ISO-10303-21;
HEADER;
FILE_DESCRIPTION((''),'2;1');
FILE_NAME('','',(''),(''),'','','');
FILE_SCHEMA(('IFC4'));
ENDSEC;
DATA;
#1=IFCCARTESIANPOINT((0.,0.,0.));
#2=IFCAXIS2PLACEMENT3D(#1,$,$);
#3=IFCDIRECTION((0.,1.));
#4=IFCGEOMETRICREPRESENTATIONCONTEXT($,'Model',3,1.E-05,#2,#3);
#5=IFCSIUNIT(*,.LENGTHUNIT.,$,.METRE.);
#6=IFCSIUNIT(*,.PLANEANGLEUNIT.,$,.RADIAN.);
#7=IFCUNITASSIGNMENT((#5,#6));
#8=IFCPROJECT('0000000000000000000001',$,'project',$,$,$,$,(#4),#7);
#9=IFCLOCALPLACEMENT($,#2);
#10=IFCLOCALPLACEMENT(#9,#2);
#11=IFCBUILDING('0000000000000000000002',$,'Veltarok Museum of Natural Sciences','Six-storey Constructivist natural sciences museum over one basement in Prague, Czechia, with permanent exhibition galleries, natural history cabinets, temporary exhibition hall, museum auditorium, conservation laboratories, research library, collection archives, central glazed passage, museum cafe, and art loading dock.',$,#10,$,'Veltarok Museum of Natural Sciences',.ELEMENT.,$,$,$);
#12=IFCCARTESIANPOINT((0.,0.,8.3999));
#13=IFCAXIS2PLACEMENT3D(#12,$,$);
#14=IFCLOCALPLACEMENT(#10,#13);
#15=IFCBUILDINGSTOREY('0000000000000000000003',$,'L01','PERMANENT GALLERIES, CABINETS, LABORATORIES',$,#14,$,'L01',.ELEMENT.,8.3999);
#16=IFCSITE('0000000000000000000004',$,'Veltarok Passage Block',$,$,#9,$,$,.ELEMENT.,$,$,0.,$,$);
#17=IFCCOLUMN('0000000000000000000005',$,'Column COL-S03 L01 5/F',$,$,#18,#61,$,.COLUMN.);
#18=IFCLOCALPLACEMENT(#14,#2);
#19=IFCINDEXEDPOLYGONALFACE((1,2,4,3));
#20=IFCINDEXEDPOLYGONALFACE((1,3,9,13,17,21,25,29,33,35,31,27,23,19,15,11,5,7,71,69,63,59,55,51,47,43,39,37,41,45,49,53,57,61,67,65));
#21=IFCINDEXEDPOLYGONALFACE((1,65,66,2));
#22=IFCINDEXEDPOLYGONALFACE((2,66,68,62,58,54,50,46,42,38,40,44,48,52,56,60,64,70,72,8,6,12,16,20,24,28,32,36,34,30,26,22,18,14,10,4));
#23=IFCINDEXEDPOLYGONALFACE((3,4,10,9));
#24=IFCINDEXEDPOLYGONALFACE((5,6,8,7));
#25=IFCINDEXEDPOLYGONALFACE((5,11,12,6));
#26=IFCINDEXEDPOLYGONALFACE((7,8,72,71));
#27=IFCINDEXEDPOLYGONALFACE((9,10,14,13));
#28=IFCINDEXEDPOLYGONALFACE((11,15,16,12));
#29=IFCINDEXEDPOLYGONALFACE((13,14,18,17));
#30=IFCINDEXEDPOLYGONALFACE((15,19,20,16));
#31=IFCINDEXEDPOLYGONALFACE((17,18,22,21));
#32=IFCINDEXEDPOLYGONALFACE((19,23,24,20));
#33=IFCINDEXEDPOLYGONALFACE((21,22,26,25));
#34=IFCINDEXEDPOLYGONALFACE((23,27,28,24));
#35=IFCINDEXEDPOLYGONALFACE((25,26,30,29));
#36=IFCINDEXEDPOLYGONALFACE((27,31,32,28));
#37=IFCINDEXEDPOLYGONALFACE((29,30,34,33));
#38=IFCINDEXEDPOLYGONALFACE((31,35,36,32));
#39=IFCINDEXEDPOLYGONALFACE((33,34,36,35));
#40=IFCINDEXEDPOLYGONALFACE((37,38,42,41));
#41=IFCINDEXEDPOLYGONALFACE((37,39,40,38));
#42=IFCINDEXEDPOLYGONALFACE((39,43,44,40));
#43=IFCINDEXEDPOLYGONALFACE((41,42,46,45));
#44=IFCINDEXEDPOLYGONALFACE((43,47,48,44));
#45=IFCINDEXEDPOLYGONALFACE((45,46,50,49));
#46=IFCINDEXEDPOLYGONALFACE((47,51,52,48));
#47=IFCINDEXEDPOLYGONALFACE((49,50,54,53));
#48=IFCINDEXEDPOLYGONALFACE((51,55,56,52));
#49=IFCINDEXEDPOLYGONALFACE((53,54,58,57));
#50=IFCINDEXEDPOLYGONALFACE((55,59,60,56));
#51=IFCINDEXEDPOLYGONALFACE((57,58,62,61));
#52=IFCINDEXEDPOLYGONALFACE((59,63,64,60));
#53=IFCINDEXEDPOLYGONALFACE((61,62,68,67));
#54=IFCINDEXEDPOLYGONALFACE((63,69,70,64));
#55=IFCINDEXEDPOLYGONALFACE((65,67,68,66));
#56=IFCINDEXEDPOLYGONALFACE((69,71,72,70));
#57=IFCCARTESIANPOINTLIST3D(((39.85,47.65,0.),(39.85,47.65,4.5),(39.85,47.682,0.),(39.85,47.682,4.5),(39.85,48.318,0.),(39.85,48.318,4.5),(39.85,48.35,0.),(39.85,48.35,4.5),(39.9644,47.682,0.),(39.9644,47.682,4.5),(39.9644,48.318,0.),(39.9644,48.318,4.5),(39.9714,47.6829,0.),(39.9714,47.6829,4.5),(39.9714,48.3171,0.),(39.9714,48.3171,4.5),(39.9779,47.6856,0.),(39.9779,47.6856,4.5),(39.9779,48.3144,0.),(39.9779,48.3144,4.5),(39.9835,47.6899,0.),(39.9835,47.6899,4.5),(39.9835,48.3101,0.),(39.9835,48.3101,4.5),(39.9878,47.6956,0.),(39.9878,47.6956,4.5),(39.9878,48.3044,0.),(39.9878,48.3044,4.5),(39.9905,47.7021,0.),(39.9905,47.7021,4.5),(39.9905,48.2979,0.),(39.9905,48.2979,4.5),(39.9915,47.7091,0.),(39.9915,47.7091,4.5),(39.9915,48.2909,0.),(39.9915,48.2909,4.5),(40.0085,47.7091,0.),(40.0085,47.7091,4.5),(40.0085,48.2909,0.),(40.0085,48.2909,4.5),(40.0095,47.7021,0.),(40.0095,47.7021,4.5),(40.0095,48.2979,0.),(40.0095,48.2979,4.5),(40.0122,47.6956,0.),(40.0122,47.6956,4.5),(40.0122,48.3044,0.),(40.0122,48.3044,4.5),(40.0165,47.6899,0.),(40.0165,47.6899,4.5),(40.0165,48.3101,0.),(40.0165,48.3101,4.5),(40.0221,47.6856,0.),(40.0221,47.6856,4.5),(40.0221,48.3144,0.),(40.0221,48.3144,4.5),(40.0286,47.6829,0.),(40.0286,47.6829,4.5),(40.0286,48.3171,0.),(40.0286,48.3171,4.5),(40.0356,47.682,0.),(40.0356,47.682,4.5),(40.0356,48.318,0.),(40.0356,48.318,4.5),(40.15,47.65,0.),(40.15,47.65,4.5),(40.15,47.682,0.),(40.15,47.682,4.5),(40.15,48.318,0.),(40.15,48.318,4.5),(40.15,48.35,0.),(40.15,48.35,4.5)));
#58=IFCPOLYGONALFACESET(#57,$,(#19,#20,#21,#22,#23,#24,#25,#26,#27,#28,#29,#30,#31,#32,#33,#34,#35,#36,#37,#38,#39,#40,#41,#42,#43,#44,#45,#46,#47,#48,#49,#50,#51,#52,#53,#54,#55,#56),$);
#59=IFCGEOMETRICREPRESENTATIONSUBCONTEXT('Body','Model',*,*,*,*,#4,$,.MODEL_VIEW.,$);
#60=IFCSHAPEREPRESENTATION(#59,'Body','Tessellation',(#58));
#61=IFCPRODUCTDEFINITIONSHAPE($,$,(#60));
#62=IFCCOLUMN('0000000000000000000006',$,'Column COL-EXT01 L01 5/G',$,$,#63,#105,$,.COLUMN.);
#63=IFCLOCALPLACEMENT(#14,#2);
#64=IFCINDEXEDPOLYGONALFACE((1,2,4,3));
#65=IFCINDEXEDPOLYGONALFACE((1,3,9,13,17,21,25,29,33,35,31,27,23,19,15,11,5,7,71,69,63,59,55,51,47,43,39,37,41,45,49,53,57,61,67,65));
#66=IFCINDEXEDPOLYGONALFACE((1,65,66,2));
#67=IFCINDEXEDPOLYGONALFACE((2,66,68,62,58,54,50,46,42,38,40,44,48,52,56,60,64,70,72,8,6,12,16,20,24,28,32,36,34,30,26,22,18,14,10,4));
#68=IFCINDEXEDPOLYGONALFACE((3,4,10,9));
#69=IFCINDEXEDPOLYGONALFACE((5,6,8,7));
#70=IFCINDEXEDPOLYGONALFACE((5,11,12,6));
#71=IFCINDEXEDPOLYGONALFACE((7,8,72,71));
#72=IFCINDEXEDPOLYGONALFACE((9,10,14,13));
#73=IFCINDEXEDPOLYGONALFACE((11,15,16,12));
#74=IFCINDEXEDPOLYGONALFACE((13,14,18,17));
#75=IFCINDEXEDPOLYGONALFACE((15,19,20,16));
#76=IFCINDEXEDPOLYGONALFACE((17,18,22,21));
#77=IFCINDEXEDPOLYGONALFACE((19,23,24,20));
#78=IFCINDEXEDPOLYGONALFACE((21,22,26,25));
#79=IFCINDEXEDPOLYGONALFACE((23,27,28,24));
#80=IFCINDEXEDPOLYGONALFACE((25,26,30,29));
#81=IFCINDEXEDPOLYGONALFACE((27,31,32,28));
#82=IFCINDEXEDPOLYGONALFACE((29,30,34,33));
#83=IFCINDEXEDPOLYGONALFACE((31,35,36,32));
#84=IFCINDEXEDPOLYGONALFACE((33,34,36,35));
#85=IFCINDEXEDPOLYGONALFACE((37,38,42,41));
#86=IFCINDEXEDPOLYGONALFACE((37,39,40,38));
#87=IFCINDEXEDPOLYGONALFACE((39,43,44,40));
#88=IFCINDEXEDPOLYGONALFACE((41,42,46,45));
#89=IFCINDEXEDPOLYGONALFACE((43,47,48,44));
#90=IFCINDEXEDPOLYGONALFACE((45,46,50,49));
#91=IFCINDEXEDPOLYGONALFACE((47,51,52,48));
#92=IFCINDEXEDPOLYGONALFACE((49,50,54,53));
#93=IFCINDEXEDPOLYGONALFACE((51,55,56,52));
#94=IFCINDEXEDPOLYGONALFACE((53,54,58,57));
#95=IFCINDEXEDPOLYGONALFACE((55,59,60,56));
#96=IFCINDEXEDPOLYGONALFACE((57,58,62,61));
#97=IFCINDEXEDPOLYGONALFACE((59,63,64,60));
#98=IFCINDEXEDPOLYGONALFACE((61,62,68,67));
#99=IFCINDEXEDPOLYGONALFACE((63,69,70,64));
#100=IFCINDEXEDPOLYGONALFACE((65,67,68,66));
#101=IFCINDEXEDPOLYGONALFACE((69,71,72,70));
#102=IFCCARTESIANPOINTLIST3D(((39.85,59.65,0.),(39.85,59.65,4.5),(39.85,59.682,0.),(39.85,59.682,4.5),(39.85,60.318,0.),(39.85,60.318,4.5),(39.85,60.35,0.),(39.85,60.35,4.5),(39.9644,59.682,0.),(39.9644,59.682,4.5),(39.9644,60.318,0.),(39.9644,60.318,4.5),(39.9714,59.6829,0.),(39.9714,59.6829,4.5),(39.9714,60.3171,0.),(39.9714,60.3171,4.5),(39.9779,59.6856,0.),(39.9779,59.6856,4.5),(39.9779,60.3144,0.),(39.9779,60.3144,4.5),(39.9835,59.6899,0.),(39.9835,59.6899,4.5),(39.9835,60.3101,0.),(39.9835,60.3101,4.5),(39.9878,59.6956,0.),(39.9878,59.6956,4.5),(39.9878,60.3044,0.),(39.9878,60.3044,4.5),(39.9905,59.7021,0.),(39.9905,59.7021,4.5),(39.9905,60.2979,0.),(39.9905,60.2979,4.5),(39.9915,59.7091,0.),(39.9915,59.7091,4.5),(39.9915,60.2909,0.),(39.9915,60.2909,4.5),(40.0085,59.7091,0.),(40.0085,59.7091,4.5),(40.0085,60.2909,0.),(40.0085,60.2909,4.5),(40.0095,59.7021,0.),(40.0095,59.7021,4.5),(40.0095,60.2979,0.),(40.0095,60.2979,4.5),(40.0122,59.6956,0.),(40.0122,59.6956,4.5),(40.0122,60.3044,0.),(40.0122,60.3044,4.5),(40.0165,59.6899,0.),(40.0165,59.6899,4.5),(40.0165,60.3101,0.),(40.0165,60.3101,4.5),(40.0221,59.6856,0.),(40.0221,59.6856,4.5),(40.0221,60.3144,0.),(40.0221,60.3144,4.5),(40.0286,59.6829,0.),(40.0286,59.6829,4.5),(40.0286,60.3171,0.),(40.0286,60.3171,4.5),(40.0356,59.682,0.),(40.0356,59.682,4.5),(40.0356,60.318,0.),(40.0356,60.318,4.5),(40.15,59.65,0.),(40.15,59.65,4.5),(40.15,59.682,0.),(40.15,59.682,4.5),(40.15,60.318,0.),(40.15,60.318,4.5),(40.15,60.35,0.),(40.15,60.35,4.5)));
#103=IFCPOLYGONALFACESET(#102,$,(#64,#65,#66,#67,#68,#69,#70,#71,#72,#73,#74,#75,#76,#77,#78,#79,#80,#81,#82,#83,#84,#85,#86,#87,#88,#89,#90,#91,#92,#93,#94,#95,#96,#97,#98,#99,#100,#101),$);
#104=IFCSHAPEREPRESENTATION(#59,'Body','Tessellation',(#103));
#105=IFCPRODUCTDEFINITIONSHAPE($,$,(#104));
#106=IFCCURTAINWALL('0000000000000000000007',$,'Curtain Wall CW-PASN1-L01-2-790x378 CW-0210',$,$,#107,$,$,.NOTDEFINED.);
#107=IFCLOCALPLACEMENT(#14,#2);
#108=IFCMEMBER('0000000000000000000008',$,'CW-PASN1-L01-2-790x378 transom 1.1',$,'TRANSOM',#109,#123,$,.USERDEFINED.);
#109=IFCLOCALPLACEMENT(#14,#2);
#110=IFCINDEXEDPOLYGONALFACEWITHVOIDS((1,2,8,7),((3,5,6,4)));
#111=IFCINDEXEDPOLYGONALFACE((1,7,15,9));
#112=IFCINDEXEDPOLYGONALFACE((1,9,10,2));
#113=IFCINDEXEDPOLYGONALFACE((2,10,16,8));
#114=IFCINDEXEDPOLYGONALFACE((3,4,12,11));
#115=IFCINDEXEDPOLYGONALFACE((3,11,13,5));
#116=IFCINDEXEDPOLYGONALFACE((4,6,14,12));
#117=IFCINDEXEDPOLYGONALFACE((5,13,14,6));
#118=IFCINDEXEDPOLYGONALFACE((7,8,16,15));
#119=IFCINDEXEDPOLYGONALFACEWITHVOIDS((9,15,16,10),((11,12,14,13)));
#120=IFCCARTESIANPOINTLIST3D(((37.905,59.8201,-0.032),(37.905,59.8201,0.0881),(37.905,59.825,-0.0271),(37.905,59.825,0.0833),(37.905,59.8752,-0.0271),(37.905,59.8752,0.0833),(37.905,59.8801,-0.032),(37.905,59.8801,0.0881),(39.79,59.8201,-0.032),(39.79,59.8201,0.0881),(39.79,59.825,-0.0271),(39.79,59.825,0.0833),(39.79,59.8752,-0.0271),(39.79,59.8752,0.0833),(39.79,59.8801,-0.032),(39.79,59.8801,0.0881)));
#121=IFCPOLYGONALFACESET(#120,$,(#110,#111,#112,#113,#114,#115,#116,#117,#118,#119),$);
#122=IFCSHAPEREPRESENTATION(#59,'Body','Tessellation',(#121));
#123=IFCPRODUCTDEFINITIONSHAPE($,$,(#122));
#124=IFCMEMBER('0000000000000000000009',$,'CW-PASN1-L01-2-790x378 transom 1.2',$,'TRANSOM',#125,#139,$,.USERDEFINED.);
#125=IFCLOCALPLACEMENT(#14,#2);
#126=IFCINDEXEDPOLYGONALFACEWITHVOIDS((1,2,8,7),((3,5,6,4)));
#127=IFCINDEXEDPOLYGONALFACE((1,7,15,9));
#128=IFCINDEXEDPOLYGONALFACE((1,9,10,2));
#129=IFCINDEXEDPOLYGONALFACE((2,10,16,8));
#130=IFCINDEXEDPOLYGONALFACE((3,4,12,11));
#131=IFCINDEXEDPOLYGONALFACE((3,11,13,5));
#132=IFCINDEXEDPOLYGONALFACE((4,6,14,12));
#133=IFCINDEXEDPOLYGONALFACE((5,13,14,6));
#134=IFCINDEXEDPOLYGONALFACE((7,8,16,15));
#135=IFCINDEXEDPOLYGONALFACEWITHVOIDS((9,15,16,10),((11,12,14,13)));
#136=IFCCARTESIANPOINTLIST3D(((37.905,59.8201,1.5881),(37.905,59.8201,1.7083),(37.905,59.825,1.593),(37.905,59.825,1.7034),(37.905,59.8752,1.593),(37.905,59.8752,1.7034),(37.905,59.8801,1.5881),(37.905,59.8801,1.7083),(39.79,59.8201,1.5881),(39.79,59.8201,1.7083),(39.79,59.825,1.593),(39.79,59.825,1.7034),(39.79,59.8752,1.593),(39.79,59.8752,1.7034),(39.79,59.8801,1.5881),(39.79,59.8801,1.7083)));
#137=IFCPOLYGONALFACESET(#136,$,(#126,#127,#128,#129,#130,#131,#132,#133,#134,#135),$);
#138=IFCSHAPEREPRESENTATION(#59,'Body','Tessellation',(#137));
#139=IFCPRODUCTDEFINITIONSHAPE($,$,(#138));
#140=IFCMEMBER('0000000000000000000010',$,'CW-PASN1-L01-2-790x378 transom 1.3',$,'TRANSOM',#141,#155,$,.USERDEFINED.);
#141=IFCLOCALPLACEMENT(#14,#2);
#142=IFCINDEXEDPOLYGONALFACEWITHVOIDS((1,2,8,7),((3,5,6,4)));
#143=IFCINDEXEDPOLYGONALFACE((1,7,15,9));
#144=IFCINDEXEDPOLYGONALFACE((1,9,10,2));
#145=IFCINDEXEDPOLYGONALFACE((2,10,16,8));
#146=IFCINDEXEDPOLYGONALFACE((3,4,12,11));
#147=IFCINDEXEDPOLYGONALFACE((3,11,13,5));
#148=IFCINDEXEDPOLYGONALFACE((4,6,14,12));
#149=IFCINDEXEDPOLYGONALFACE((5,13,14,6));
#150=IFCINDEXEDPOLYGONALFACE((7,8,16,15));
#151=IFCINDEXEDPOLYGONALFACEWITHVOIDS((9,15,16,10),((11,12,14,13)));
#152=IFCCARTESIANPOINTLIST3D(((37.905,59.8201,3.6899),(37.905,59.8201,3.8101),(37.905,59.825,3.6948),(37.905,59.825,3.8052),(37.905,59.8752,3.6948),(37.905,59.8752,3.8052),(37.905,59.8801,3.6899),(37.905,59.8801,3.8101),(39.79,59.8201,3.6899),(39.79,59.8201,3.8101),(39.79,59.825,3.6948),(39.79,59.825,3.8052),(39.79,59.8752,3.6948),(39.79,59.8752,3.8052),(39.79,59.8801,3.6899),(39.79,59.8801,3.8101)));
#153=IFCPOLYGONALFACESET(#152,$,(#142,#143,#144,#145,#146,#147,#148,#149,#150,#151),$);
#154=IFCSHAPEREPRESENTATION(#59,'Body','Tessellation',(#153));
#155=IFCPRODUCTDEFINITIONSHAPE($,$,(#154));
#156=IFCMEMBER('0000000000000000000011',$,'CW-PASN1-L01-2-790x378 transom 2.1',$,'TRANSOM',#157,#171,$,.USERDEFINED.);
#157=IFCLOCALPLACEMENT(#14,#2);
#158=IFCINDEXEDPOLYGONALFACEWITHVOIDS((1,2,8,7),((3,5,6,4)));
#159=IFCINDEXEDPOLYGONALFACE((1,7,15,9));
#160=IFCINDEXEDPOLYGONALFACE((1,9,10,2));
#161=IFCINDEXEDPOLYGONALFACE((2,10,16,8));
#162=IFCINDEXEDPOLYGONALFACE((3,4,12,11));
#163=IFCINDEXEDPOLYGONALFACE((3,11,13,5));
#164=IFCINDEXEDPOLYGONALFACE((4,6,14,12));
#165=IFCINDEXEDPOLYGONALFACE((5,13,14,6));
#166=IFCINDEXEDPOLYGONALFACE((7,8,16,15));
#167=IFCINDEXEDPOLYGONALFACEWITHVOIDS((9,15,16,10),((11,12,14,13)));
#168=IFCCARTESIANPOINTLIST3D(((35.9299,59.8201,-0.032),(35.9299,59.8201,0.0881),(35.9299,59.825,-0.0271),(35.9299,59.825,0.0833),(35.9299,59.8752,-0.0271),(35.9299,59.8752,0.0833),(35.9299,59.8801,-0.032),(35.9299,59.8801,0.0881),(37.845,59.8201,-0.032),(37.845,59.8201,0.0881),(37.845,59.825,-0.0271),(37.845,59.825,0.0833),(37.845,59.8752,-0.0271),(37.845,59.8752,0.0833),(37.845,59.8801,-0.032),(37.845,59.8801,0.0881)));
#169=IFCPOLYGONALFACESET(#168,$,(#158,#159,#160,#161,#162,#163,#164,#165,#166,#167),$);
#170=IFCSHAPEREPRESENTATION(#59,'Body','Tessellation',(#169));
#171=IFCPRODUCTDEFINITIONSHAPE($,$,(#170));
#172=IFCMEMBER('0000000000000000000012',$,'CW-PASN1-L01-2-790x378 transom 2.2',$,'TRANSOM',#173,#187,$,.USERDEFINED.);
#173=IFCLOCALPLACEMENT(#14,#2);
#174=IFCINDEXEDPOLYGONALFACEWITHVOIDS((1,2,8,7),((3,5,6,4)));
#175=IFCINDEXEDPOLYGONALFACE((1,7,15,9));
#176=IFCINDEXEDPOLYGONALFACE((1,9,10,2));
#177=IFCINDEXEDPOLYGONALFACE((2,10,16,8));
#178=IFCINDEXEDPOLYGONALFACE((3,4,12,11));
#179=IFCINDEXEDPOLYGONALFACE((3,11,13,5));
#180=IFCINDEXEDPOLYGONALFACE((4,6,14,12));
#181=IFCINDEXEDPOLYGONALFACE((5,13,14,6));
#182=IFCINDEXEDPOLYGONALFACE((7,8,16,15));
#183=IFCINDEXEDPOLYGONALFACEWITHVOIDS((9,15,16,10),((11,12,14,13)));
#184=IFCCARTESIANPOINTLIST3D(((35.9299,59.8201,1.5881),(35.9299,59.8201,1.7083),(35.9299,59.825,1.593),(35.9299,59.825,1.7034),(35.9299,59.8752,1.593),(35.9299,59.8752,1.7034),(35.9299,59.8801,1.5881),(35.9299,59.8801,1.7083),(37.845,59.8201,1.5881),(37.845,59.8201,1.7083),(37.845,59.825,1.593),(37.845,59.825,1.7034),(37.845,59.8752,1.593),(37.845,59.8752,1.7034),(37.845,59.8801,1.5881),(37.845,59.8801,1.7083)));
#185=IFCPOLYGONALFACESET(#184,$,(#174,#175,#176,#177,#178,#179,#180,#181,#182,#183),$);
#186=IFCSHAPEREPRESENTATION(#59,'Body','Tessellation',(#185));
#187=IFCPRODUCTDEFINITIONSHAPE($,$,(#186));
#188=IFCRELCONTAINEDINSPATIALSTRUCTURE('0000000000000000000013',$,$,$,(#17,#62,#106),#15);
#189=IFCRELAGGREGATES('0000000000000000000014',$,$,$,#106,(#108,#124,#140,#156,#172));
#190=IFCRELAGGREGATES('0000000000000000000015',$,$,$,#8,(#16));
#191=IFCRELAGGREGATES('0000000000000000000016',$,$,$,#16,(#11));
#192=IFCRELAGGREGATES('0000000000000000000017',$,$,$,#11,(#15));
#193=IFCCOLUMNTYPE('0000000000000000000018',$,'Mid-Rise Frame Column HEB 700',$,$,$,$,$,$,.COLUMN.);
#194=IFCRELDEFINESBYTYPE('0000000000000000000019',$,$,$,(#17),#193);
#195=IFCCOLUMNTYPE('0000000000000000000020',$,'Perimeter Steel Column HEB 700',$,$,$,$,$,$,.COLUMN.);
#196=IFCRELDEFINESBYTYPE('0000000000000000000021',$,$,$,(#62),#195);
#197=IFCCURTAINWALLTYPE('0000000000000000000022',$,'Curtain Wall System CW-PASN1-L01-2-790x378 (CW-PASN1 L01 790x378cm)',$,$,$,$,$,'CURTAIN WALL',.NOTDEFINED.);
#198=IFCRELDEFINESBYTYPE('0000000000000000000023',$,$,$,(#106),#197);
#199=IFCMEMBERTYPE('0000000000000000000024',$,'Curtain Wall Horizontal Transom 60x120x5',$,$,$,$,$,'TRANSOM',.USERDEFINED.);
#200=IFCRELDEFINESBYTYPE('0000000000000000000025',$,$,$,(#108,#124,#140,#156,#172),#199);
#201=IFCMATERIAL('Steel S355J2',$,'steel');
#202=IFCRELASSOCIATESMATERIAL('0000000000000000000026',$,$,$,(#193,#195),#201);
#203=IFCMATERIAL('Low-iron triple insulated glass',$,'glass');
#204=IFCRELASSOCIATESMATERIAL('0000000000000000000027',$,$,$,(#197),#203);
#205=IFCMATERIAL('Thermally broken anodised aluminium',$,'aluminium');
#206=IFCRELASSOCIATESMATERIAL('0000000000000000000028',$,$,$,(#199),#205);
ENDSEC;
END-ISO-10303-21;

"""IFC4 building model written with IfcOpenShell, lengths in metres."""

from ifc_helpers import new_model, si_unit, direction, frame, origin, origin_2d, place, context, subcontext, project, spatial, hollow_rectangle, i_section, extrude, material, material_profile, profile_set, type_object, element, aggregate, save


model = new_model("IFC4")

# Units and contexts
model_context = context("Model", 3, precision=1e-05, world=origin(), true_north=direction((0.0, 1.0)))
body_context = subcontext(model_context, "Body", "Model", "MODEL_VIEW")
ifc_project = project(units=[si_unit("LENGTHUNIT", "METRE"), si_unit("PLANEANGLEUNIT", "RADIAN")], contexts=[model_context])

# Site, building, storey
site_placement = place(None, origin())
site = spatial("IfcSite", under=ifc_project, at=site_placement, Name="Veltarok Passage Block", CompositionType="ELEMENT", RefElevation=0.0)
building_placement = place(site_placement, origin())
building = spatial("IfcBuilding", under=site, at=building_placement, Name="Veltarok Museum of Natural Sciences", Description="Six-storey Constructivist natural sciences museum over one basement in Prague, Czechia, with permanent exhibition galleries, natural history cabinets, temporary exhibition hall, museum auditorium, conservation laboratories, research library, collection archives, central glazed passage, museum cafe, and art loading dock.", LongName="Veltarok Museum of Natural Sciences", CompositionType="ELEMENT")
storey_placement = place(building_placement, frame((0.0, 0.0, 8.3999)))
storey = spatial("IfcBuildingStorey", under=building, at=storey_placement, Name="L01", Description="PERMANENT GALLERIES, CABINETS, LABORATORIES", LongName="L01", CompositionType="ELEMENT", Elevation=8.3999)

# Columns
ifc_material_1 = material(Name="Steel S355J2", Category="steel")
ifc_material_profile_1 = material_profile(ifc_material_1, i_section(OverallWidth=0.3, OverallDepth=0.7, WebThickness=0.0171, FlangeThickness=0.032, FilletRadius=0.0271, at=origin_2d()), Name="HEB 700")
ifc_profile_set_1 = profile_set([ifc_material_profile_1], Name="Steel S355J2")
column_type_1 = type_object("IfcColumnType", Name="Mid-Rise Frame Column HEB 700", PredefinedType="COLUMN", material=ifc_profile_set_1)
column_1_placement = place(storey_placement, frame((40.0, 48.0, 0.0), z_axis=(0.0, 0.0, 1.0), x_axis=(1.0, 0.0, 0.0)))
element("IfcColumn", 1, at=column_1_placement, inside=storey, type_object=column_type_1, Name="Column COL-S03 L01 5/F", PredefinedType="COLUMN", context=body_context, shape_type="SweptSolid", body=[
    extrude(i_section(OverallWidth=0.3, OverallDepth=0.7, WebThickness=0.0171, FlangeThickness=0.032, FilletRadius=0.0271, at=origin_2d()), origin(), (0.0, 0.0, 1.0), 4.5),
])
ifc_material_profile_2 = material_profile(ifc_material_1, i_section(OverallWidth=0.3, OverallDepth=0.7, WebThickness=0.0171, FlangeThickness=0.032, FilletRadius=0.0271, at=origin_2d()), Name="HEB 700")
ifc_profile_set_2 = profile_set([ifc_material_profile_2], Name="Steel S355J2")
column_type_2 = type_object("IfcColumnType", Name="Perimeter Steel Column HEB 700", PredefinedType="COLUMN", material=ifc_profile_set_2)
column_2_placement = place(storey_placement, frame((40.0, 60.0, 0.0), z_axis=(0.0, 0.0, 1.0), x_axis=(1.0, 0.0, 0.0)))
element("IfcColumn", 2, at=column_2_placement, inside=storey, type_object=column_type_2, Name="Column COL-EXT01 L01 5/G", PredefinedType="COLUMN", context=body_context, shape_type="SweptSolid", body=[
    extrude(i_section(OverallWidth=0.3, OverallDepth=0.7, WebThickness=0.0171, FlangeThickness=0.032, FilletRadius=0.0271, at=origin_2d()), origin(), (0.0, 0.0, 1.0), 4.5),
])

# Curtain wall, members
ifc_material_2 = material(Name="Low-iron triple insulated glass", Category="glass")
curtain_wall_type = type_object("IfcCurtainWallType", Name="Curtain Wall System CW-PASN1-L01-2-790x378 (CW-PASN1 L01 790x378cm)", ElementType="CURTAIN WALL", PredefinedType="NOTDEFINED", material=ifc_material_2)
curtain_wall_placement = place(storey_placement, origin())
curtain_wall = element("IfcCurtainWall", 3, at=curtain_wall_placement, inside=storey, type_object=curtain_wall_type, Name="Curtain Wall CW-PASN1-L01-2-790x378 CW-0210", PredefinedType="NOTDEFINED")
ifc_material_3 = material(Name="Thermally broken anodised aluminium", Category="aluminium")
ifc_material_profile_3 = material_profile(ifc_material_3, hollow_rectangle(XDim=0.0601, YDim=0.1201, WallThickness=0.0049, at=origin_2d()), Name="CW TRANSOM 60x120x5")
ifc_profile_set_3 = profile_set([ifc_material_profile_3], Name="Thermally broken anodised aluminium")
member_type_1 = type_object("IfcMemberType", Name="Curtain Wall Horizontal Transom 60x120x5", ElementType="TRANSOM", PredefinedType="USERDEFINED", material=ifc_profile_set_3)
member_1_placement = place(storey_placement, frame((39.79, 59.8501, 0.0281), z_axis=(-1.0, 0.0, 0.0), x_axis=(0.0, -1.0, 0.0)))
member_1 = element("IfcMember", 4, at=member_1_placement, type_object=member_type_1, Name="CW-PASN1-L01-2-790x378 transom 1.1", ObjectType="TRANSOM", PredefinedType="USERDEFINED", context=body_context, shape_type="SweptSolid", body=[
    extrude(hollow_rectangle(XDim=0.0601, YDim=0.1201, WallThickness=0.0049, at=origin_2d()), origin(), (0.0, 0.0, 1.0), 1.885),
])
member_2_placement = place(storey_placement, frame((39.79, 59.8501, 1.6482), z_axis=(-1.0, 0.0, 0.0), x_axis=(0.0, -1.0, 0.0)))
member_2 = element("IfcMember", 5, at=member_2_placement, type_object=member_type_1, Name="CW-PASN1-L01-2-790x378 transom 1.2", ObjectType="TRANSOM", PredefinedType="USERDEFINED", context=body_context, shape_type="SweptSolid", body=[
    extrude(hollow_rectangle(XDim=0.0601, YDim=0.1201, WallThickness=0.0049, at=origin_2d()), origin(), (0.0, 0.0, 1.0), 1.885),
])
member_3_placement = place(storey_placement, frame((39.79, 59.8501, 3.75), z_axis=(-1.0, 0.0, 0.0), x_axis=(0.0, -1.0, 0.0)))
member_3 = element("IfcMember", 6, at=member_3_placement, type_object=member_type_1, Name="CW-PASN1-L01-2-790x378 transom 1.3", ObjectType="TRANSOM", PredefinedType="USERDEFINED", context=body_context, shape_type="SweptSolid", body=[
    extrude(hollow_rectangle(XDim=0.0601, YDim=0.1201, WallThickness=0.0049, at=origin_2d()), origin(), (0.0, 0.0, 1.0), 1.885),
])
member_4_placement = place(storey_placement, frame((37.845, 59.8501, 0.0281), z_axis=(-1.0, 0.0, 0.0), x_axis=(0.0, -1.0, 0.0)))
member_4 = element("IfcMember", 7, at=member_4_placement, type_object=member_type_1, Name="CW-PASN1-L01-2-790x378 transom 2.1", ObjectType="TRANSOM", PredefinedType="USERDEFINED", context=body_context, shape_type="SweptSolid", body=[
    extrude(hollow_rectangle(XDim=0.0601, YDim=0.1201, WallThickness=0.0049, at=origin_2d()), origin(), (0.0, 0.0, 1.0), 1.915),
])
member_5_placement = place(storey_placement, frame((37.845, 59.8501, 1.6482), z_axis=(-1.0, 0.0, 0.0), x_axis=(0.0, -1.0, 0.0)))
member_5 = element("IfcMember", 8, at=member_5_placement, type_object=member_type_1, Name="CW-PASN1-L01-2-790x378 transom 2.2", ObjectType="TRANSOM", PredefinedType="USERDEFINED", context=body_context, shape_type="SweptSolid", body=[
    extrude(hollow_rectangle(XDim=0.0601, YDim=0.1201, WallThickness=0.0049, at=origin_2d()), origin(), (0.0, 0.0, 1.0), 1.915),
])

aggregate(curtain_wall, [member_1, member_2, member_3, member_4, member_5])

save(model, "model.ifc")
